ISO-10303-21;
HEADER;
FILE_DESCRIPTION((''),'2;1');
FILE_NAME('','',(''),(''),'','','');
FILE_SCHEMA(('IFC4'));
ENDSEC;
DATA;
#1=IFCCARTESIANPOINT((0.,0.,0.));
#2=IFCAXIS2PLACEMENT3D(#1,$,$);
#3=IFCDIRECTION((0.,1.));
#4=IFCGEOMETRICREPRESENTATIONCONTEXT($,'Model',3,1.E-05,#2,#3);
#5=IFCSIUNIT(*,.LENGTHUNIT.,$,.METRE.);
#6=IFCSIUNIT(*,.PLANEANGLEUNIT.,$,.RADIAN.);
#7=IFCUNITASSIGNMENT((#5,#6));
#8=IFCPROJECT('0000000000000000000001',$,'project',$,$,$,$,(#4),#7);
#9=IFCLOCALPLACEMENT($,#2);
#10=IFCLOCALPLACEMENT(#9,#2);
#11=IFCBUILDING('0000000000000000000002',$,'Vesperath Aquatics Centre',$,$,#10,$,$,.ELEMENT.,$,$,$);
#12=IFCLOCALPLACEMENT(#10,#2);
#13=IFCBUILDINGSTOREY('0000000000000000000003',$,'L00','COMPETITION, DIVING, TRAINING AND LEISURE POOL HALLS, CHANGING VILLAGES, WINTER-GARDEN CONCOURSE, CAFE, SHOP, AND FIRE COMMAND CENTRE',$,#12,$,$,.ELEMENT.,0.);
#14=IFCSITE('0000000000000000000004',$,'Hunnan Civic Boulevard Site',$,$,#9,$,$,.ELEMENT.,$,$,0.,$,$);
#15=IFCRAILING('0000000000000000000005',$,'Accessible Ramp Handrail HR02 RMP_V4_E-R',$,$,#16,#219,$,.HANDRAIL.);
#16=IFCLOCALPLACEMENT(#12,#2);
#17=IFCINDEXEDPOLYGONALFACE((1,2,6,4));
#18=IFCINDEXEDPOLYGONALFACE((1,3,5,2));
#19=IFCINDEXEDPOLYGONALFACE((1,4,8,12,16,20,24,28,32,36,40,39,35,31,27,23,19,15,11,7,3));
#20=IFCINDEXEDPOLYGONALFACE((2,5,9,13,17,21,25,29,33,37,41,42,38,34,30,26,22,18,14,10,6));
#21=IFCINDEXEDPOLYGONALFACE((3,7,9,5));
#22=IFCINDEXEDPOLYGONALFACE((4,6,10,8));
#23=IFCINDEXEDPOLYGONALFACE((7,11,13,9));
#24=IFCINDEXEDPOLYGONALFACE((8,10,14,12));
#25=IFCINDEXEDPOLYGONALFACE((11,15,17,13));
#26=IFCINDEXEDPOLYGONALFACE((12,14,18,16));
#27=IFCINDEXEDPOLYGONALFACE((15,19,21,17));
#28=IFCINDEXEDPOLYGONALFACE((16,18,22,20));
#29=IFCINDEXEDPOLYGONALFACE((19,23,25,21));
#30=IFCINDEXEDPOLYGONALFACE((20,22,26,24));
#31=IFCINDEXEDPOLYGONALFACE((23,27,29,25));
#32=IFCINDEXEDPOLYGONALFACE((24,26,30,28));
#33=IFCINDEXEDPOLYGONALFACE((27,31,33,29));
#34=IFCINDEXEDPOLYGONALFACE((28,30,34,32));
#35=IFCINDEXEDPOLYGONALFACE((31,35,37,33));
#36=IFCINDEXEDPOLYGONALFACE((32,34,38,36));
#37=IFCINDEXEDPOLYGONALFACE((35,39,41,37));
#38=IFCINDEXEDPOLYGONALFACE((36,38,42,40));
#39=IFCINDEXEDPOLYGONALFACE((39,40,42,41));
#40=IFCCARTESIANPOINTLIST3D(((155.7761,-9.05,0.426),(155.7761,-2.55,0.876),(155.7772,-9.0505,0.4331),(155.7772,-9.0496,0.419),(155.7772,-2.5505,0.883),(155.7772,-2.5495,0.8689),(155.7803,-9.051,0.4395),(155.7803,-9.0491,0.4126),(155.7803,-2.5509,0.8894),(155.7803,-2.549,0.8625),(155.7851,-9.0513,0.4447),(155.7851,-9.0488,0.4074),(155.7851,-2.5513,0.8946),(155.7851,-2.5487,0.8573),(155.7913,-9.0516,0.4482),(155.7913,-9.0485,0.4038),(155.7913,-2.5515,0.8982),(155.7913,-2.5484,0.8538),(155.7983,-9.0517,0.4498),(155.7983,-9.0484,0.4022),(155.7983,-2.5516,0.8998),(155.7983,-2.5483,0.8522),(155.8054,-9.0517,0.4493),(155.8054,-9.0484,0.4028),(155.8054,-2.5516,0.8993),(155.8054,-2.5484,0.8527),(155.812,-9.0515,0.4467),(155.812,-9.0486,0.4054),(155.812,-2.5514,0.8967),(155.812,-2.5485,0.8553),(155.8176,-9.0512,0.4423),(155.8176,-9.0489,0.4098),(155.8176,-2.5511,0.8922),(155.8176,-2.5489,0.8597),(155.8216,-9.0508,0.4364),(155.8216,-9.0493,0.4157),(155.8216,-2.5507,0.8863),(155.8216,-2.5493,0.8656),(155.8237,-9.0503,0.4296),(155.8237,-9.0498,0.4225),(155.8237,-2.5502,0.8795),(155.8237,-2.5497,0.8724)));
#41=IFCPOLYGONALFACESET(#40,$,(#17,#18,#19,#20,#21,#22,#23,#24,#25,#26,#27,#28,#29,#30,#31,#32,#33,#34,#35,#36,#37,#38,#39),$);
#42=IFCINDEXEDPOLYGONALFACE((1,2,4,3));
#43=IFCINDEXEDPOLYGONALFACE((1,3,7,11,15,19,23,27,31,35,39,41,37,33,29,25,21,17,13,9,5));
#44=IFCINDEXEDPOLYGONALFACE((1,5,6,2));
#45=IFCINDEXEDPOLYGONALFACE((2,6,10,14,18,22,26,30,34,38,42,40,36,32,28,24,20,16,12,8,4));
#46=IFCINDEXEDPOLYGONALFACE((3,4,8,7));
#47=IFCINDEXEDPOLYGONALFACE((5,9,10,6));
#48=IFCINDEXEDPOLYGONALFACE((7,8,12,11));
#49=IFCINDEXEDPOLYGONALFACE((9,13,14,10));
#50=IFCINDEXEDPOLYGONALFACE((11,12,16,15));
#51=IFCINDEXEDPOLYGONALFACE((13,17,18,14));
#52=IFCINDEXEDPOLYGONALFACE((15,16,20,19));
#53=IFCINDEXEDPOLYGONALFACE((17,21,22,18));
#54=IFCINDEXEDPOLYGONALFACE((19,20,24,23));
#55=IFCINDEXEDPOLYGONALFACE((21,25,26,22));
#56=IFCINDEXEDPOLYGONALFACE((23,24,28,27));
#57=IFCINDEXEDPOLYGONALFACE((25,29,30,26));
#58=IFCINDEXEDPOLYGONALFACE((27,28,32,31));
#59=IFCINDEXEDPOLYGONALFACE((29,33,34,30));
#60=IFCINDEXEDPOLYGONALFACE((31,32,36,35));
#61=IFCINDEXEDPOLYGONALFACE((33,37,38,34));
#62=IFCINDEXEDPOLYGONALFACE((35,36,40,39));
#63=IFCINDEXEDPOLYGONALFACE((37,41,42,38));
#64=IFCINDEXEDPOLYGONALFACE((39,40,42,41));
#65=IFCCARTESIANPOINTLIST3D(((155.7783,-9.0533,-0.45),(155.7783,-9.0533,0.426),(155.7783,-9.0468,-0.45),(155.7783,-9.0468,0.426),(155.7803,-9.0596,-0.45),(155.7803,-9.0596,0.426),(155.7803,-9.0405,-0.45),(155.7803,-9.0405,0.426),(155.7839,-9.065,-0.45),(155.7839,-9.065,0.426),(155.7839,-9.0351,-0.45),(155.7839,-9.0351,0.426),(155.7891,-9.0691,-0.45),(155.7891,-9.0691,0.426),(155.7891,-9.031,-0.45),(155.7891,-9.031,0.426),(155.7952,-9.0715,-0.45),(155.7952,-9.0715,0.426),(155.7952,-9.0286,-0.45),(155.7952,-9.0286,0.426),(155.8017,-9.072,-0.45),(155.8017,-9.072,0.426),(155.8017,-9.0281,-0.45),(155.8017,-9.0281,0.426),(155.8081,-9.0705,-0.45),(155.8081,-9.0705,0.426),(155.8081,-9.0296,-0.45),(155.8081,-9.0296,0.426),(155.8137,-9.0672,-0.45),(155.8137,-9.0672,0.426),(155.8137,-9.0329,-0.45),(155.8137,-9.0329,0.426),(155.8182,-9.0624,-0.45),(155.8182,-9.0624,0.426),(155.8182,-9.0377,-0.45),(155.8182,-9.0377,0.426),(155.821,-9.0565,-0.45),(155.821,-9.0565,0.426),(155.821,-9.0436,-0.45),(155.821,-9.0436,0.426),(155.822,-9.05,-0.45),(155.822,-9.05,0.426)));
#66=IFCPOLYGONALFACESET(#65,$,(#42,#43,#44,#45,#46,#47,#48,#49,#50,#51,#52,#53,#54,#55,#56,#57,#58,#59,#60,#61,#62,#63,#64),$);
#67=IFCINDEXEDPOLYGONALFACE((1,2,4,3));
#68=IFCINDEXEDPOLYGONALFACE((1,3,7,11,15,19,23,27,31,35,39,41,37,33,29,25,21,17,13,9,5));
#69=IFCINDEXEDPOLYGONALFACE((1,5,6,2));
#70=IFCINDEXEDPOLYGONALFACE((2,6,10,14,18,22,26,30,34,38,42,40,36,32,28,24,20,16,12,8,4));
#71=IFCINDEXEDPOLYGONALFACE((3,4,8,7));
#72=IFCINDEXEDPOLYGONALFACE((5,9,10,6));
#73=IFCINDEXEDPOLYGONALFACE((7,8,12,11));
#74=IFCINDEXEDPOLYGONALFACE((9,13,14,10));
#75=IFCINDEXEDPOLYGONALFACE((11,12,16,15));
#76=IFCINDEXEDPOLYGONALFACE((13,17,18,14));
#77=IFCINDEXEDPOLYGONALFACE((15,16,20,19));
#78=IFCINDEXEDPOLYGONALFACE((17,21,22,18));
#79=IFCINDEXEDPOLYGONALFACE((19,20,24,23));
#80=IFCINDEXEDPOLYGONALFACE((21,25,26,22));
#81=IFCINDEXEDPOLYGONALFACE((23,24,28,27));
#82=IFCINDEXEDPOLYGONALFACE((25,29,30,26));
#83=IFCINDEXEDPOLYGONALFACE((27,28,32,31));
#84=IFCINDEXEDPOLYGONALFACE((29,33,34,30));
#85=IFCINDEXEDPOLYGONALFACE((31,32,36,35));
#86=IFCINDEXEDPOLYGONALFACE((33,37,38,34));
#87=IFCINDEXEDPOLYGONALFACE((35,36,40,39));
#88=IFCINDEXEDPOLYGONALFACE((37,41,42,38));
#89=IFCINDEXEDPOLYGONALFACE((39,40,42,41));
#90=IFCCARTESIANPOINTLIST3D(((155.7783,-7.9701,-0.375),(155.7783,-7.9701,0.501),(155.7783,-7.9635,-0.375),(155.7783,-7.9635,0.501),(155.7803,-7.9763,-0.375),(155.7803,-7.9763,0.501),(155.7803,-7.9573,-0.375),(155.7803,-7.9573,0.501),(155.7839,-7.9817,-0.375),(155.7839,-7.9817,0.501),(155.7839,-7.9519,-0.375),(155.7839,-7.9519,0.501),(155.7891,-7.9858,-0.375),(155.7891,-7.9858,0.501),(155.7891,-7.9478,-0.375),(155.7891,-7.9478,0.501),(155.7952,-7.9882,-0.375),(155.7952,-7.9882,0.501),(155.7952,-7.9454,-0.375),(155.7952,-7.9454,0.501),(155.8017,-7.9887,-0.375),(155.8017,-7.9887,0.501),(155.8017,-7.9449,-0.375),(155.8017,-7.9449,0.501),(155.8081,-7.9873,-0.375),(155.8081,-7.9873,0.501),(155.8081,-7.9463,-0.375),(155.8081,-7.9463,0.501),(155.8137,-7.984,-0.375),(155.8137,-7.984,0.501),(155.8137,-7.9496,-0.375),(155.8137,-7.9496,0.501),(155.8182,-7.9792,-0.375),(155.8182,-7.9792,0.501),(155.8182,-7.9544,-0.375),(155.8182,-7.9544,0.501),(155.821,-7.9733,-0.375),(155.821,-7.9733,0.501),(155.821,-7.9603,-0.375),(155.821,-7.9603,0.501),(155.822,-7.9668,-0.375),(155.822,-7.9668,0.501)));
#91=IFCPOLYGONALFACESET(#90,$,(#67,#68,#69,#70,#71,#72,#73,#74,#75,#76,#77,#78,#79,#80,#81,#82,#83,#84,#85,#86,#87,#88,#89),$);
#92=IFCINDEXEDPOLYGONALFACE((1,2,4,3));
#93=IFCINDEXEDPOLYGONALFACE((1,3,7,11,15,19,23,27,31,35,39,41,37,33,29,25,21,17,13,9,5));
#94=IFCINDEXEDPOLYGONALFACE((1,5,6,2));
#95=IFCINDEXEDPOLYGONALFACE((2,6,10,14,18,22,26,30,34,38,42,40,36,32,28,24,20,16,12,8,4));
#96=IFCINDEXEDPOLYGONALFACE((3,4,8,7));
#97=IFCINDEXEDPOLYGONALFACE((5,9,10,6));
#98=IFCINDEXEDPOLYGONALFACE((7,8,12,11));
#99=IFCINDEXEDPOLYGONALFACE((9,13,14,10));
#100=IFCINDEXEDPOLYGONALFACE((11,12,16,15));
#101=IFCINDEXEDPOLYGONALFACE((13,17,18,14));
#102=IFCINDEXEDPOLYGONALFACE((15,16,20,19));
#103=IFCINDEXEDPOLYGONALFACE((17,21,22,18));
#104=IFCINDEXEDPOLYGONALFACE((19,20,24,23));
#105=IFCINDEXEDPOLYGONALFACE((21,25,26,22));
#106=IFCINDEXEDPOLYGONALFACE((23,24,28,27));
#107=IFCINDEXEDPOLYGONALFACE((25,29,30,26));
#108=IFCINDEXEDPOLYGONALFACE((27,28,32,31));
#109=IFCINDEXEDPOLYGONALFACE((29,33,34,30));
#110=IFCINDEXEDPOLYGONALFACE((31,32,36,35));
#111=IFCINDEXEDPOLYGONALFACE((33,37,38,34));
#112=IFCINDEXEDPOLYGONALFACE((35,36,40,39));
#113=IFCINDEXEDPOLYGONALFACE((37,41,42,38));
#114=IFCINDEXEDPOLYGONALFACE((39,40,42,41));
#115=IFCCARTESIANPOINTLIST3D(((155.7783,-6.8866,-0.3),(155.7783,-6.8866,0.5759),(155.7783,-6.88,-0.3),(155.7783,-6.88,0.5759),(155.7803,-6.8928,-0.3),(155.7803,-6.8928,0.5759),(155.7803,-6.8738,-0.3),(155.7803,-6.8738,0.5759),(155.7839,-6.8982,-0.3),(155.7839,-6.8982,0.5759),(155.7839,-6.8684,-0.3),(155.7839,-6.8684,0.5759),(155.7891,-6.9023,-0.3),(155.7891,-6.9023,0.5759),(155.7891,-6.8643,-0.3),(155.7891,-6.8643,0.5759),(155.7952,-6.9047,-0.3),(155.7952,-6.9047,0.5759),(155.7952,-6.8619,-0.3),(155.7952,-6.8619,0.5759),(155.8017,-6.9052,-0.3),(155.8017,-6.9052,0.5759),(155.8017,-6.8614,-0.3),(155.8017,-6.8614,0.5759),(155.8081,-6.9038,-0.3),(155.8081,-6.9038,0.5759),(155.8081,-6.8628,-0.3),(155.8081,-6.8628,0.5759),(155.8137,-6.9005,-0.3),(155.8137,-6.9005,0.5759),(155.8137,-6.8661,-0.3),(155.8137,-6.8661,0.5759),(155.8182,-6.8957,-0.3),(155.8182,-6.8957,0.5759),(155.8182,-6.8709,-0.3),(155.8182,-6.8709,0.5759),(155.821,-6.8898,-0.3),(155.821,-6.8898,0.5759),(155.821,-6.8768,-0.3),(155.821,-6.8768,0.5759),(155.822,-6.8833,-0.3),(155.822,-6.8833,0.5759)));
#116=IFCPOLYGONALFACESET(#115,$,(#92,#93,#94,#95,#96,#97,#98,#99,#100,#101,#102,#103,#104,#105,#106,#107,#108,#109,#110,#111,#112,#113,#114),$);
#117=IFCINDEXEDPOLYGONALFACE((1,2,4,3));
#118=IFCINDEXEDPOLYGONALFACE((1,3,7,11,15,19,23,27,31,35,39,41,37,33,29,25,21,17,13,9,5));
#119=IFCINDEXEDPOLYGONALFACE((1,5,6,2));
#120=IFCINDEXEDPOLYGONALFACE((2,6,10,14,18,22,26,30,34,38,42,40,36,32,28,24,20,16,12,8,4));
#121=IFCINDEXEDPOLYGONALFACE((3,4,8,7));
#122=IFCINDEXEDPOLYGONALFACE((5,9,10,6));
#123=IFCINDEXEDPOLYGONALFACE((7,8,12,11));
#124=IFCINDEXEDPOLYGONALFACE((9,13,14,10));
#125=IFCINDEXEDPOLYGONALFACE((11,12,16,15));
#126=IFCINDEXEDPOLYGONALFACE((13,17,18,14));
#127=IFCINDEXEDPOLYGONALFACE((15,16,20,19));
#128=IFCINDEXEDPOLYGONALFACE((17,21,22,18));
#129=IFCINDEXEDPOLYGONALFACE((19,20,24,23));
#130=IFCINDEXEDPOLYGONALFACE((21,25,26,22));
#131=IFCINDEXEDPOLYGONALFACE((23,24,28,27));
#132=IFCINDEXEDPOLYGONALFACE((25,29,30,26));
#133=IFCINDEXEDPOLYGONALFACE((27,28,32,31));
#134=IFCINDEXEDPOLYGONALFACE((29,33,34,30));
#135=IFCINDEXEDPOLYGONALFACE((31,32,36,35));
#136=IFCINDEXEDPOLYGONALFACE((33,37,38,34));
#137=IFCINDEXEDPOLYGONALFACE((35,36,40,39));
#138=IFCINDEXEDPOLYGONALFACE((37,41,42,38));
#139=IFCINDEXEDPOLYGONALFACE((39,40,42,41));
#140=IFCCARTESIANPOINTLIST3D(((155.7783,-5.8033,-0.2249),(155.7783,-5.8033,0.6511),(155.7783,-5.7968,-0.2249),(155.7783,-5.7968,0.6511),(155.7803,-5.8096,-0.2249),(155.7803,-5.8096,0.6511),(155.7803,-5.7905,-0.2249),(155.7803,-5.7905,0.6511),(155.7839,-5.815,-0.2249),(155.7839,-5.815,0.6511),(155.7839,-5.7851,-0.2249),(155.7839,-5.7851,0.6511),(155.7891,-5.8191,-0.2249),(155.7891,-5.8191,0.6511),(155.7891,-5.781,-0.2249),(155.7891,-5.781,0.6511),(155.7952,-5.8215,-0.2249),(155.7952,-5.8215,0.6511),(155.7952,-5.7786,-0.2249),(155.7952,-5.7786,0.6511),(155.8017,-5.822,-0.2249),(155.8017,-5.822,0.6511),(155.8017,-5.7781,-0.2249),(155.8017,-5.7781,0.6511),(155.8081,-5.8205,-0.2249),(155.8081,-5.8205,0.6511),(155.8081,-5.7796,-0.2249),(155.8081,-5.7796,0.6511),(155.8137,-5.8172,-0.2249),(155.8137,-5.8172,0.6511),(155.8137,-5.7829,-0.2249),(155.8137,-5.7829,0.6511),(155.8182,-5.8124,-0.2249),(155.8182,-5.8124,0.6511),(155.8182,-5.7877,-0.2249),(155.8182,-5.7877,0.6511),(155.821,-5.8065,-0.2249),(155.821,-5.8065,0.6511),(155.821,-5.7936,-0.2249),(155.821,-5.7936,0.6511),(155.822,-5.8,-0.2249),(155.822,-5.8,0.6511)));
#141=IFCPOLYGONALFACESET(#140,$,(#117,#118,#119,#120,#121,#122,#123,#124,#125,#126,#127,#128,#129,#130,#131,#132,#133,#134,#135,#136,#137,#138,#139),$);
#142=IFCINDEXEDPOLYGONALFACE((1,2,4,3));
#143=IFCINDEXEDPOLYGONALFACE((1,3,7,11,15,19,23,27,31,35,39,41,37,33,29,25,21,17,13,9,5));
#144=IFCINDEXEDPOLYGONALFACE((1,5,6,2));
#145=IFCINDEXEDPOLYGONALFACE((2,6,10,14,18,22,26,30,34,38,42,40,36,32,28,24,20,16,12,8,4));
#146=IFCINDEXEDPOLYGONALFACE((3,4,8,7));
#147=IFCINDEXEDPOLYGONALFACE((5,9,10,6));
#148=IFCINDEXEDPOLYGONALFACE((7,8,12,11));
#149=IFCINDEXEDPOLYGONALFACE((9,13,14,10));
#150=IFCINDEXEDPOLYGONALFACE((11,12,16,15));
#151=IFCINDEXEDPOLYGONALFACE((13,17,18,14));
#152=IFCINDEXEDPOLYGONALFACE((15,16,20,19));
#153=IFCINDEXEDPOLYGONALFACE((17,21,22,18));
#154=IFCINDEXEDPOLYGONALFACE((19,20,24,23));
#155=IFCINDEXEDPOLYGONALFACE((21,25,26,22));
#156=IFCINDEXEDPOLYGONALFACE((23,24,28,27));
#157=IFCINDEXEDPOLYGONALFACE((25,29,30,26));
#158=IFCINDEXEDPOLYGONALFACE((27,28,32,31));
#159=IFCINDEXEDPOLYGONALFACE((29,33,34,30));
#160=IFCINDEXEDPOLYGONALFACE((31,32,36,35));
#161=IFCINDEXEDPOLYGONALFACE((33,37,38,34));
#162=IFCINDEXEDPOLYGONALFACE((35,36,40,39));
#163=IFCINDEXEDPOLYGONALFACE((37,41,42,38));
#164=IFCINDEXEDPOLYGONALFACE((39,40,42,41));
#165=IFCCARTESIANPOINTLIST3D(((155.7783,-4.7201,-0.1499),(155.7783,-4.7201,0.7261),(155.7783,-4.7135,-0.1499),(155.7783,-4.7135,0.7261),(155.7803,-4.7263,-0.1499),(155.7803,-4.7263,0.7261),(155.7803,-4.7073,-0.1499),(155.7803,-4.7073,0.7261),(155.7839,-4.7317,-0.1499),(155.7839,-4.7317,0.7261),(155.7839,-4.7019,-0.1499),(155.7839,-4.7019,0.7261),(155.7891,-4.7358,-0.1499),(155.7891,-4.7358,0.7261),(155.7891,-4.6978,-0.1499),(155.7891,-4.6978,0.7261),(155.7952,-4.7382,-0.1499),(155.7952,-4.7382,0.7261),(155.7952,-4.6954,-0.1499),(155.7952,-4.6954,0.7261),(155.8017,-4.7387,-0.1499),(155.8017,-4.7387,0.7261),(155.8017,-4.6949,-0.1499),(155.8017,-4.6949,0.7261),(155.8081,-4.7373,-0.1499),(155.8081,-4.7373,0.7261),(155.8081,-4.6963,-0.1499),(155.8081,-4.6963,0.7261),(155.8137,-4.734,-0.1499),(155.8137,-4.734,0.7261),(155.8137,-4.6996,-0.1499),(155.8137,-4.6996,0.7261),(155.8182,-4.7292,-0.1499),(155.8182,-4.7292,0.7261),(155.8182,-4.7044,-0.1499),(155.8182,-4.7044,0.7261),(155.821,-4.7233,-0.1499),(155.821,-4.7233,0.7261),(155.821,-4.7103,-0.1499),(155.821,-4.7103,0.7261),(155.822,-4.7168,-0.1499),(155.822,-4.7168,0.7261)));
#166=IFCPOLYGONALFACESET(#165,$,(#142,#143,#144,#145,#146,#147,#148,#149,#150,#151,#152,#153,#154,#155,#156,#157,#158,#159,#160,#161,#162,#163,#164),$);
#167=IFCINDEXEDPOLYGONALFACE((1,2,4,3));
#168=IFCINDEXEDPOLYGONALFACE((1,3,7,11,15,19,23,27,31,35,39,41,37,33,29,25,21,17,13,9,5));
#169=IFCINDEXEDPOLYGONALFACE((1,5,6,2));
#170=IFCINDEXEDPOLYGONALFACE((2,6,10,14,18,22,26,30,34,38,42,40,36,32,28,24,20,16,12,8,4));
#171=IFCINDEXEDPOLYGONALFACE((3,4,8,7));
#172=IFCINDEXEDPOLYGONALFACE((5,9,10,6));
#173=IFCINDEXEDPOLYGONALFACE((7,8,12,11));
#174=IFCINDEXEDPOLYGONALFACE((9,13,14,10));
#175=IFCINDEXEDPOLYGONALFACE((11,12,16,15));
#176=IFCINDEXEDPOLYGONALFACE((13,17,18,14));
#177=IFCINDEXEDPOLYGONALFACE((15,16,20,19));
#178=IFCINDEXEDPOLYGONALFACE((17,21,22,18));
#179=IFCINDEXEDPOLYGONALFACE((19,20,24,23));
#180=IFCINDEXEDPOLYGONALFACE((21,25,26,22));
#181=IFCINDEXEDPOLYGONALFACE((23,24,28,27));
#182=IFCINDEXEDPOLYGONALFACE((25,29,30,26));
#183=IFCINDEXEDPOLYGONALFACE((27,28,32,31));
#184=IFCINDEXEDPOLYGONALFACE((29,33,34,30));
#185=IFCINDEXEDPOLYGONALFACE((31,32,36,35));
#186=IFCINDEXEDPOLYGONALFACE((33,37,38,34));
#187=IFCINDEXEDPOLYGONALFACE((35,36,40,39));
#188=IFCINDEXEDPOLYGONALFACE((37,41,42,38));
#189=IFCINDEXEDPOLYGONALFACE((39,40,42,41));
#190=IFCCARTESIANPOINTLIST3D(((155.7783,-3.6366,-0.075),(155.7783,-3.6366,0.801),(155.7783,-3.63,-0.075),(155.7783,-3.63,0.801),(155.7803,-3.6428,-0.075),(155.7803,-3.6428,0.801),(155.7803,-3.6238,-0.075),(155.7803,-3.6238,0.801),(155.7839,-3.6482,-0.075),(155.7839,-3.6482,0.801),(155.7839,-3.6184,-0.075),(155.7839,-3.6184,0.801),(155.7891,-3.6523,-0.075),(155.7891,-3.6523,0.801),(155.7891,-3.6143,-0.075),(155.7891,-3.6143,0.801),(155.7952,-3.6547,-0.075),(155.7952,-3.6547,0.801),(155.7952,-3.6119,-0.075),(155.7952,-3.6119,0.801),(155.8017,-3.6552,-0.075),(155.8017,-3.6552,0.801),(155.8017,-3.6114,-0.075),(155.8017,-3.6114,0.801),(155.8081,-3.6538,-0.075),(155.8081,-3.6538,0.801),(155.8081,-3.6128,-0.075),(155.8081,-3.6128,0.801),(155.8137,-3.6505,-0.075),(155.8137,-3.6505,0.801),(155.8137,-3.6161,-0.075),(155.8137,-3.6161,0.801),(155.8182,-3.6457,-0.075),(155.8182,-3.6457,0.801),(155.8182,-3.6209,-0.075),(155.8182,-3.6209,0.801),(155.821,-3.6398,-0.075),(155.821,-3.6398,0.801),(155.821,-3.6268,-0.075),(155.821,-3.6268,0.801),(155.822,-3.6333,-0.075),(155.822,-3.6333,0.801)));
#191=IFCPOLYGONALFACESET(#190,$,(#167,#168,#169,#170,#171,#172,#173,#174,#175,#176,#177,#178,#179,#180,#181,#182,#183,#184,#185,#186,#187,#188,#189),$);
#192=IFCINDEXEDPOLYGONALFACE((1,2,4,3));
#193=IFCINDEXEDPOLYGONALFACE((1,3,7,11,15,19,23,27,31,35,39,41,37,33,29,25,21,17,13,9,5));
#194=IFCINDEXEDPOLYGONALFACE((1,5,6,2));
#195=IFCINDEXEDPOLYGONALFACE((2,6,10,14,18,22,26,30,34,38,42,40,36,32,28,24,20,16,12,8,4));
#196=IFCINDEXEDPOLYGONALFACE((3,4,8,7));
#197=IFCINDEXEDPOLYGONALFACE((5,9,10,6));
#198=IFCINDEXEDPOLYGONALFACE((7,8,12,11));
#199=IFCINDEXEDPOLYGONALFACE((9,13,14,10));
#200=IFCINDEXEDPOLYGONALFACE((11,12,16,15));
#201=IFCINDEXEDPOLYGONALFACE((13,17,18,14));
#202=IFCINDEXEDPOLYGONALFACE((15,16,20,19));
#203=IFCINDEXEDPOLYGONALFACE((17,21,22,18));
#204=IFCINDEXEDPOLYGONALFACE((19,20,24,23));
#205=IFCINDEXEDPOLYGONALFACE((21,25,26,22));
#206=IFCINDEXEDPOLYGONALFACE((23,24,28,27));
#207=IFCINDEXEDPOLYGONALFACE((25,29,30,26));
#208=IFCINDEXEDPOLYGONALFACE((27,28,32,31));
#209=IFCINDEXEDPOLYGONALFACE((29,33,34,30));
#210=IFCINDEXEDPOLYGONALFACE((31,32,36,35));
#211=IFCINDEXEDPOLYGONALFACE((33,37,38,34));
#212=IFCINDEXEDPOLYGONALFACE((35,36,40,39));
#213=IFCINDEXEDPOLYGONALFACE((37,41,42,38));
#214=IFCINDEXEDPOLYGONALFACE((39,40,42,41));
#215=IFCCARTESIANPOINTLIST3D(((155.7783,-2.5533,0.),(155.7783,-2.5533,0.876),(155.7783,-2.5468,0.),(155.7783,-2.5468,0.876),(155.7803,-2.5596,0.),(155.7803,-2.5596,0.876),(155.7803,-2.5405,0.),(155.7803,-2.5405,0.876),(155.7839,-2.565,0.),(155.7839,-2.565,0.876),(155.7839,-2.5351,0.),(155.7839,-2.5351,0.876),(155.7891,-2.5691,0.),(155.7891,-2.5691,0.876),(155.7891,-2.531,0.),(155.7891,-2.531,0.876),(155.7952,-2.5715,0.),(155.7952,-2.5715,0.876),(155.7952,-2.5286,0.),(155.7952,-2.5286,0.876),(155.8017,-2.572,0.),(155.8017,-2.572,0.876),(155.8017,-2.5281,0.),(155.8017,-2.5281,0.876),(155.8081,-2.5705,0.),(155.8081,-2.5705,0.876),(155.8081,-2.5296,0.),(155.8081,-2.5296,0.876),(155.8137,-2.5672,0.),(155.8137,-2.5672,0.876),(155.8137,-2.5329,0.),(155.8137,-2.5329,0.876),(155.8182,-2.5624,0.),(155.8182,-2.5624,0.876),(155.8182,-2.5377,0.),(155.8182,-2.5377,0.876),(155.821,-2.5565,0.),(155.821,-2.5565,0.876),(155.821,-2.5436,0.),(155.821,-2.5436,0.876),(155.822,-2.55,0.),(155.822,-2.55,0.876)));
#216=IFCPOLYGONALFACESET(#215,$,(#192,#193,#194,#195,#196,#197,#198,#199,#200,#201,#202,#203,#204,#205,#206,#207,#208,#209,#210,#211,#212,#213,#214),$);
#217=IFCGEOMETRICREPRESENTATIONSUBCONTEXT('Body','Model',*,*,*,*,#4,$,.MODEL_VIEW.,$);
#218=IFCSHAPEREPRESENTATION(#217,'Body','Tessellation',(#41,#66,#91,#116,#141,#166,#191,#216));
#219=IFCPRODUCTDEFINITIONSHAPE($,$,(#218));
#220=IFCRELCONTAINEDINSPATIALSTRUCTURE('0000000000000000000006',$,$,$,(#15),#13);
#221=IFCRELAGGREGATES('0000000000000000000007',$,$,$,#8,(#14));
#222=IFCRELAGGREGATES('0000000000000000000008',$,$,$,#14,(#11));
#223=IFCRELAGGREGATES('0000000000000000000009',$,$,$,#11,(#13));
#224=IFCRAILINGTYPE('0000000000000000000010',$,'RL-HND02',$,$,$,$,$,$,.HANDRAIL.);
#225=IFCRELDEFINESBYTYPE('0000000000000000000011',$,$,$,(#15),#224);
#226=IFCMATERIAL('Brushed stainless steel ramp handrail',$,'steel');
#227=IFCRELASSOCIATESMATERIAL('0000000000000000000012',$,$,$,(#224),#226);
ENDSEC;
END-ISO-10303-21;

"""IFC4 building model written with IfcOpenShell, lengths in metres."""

from ifc_helpers import new_model, si_unit, direction, frame, origin, origin_2d, place, context, subcontext, project, spatial, circle, extrude, material, type_object, element, save


model = new_model("IFC4")

# Units and contexts
model_context = context("Model", 3, precision=1e-05, world=origin(), true_north=direction((0.0, 1.0)))
body_context = subcontext(model_context, "Body", "Model", "MODEL_VIEW")
ifc_project = project(units=[si_unit("LENGTHUNIT", "METRE"), si_unit("PLANEANGLEUNIT", "RADIAN")], contexts=[model_context])

# Site, building, storey
site_placement = place(None, origin())
site = spatial("IfcSite", under=ifc_project, at=site_placement, Name="Hunnan Civic Boulevard Site", CompositionType="ELEMENT", RefElevation=0.0)
building_placement = place(site_placement, origin())
building = spatial("IfcBuilding", under=site, at=building_placement, Name="Vesperath Aquatics Centre", CompositionType="ELEMENT")
storey_placement = place(building_placement, origin())
storey = spatial("IfcBuildingStorey", under=building, at=storey_placement, Name="L00", Description="COMPETITION, DIVING, TRAINING AND LEISURE POOL HALLS, CHANGING VILLAGES, WINTER-GARDEN CONCOURSE, CAFE, SHOP, AND FIRE COMMAND CENTRE", CompositionType="ELEMENT", Elevation=0.0)

# Railing
ifc_material_1 = material(Name="Brushed stainless steel ramp handrail", Category="steel")
railing_type = type_object("IfcRailingType", Name="RL-HND02", PredefinedType="HANDRAIL", material=ifc_material_1)
railing_placement = place(storey_placement, frame((155.8, -9.05, -0.45)))
element("IfcRailing", 1, at=railing_placement, inside=storey, type_object=railing_type, Name="Accessible Ramp Handrail HR02 RMP_V4_E-R", PredefinedType="HANDRAIL", context=body_context, shape_type="SweptSolid", body=[
    extrude(circle(Radius=0.0239, at=origin_2d()), frame((0.0, 0.0, 0.876), z_axis=(0.0, 0.997613, 0.069058), x_axis=(-1.0, 0.0, 0.0)), (0.0, 0.0, 1.0), 6.5156),
    extrude(circle(Radius=0.022, at=origin_2d()), origin(), (0.0, 0.0, 1.0), 0.876),
    extrude(circle(Radius=0.022, at=origin_2d()), frame((0.0, 1.0833, 0.075)), (0.0, 0.0, 1.0), 0.876),
    extrude(circle(Radius=0.022, at=origin_2d()), frame((0.0, 2.1667, 0.1499)), (0.0, 0.0, 1.0), 0.876),
    extrude(circle(Radius=0.022, at=origin_2d()), frame((0.0, 3.25, 0.2251)), (0.0, 0.0, 1.0), 0.876),
    extrude(circle(Radius=0.022, at=origin_2d()), frame((0.0, 4.3333, 0.3)), (0.0, 0.0, 1.0), 0.876),
    extrude(circle(Radius=0.022, at=origin_2d()), frame((0.0, 5.4167, 0.375)), (0.0, 0.0, 1.0), 0.876),
    extrude(circle(Radius=0.022, at=origin_2d()), frame((0.0, 6.5, 0.45)), (0.0, 0.0, 1.0), 0.876),
])

save(model, "model.ifc")
